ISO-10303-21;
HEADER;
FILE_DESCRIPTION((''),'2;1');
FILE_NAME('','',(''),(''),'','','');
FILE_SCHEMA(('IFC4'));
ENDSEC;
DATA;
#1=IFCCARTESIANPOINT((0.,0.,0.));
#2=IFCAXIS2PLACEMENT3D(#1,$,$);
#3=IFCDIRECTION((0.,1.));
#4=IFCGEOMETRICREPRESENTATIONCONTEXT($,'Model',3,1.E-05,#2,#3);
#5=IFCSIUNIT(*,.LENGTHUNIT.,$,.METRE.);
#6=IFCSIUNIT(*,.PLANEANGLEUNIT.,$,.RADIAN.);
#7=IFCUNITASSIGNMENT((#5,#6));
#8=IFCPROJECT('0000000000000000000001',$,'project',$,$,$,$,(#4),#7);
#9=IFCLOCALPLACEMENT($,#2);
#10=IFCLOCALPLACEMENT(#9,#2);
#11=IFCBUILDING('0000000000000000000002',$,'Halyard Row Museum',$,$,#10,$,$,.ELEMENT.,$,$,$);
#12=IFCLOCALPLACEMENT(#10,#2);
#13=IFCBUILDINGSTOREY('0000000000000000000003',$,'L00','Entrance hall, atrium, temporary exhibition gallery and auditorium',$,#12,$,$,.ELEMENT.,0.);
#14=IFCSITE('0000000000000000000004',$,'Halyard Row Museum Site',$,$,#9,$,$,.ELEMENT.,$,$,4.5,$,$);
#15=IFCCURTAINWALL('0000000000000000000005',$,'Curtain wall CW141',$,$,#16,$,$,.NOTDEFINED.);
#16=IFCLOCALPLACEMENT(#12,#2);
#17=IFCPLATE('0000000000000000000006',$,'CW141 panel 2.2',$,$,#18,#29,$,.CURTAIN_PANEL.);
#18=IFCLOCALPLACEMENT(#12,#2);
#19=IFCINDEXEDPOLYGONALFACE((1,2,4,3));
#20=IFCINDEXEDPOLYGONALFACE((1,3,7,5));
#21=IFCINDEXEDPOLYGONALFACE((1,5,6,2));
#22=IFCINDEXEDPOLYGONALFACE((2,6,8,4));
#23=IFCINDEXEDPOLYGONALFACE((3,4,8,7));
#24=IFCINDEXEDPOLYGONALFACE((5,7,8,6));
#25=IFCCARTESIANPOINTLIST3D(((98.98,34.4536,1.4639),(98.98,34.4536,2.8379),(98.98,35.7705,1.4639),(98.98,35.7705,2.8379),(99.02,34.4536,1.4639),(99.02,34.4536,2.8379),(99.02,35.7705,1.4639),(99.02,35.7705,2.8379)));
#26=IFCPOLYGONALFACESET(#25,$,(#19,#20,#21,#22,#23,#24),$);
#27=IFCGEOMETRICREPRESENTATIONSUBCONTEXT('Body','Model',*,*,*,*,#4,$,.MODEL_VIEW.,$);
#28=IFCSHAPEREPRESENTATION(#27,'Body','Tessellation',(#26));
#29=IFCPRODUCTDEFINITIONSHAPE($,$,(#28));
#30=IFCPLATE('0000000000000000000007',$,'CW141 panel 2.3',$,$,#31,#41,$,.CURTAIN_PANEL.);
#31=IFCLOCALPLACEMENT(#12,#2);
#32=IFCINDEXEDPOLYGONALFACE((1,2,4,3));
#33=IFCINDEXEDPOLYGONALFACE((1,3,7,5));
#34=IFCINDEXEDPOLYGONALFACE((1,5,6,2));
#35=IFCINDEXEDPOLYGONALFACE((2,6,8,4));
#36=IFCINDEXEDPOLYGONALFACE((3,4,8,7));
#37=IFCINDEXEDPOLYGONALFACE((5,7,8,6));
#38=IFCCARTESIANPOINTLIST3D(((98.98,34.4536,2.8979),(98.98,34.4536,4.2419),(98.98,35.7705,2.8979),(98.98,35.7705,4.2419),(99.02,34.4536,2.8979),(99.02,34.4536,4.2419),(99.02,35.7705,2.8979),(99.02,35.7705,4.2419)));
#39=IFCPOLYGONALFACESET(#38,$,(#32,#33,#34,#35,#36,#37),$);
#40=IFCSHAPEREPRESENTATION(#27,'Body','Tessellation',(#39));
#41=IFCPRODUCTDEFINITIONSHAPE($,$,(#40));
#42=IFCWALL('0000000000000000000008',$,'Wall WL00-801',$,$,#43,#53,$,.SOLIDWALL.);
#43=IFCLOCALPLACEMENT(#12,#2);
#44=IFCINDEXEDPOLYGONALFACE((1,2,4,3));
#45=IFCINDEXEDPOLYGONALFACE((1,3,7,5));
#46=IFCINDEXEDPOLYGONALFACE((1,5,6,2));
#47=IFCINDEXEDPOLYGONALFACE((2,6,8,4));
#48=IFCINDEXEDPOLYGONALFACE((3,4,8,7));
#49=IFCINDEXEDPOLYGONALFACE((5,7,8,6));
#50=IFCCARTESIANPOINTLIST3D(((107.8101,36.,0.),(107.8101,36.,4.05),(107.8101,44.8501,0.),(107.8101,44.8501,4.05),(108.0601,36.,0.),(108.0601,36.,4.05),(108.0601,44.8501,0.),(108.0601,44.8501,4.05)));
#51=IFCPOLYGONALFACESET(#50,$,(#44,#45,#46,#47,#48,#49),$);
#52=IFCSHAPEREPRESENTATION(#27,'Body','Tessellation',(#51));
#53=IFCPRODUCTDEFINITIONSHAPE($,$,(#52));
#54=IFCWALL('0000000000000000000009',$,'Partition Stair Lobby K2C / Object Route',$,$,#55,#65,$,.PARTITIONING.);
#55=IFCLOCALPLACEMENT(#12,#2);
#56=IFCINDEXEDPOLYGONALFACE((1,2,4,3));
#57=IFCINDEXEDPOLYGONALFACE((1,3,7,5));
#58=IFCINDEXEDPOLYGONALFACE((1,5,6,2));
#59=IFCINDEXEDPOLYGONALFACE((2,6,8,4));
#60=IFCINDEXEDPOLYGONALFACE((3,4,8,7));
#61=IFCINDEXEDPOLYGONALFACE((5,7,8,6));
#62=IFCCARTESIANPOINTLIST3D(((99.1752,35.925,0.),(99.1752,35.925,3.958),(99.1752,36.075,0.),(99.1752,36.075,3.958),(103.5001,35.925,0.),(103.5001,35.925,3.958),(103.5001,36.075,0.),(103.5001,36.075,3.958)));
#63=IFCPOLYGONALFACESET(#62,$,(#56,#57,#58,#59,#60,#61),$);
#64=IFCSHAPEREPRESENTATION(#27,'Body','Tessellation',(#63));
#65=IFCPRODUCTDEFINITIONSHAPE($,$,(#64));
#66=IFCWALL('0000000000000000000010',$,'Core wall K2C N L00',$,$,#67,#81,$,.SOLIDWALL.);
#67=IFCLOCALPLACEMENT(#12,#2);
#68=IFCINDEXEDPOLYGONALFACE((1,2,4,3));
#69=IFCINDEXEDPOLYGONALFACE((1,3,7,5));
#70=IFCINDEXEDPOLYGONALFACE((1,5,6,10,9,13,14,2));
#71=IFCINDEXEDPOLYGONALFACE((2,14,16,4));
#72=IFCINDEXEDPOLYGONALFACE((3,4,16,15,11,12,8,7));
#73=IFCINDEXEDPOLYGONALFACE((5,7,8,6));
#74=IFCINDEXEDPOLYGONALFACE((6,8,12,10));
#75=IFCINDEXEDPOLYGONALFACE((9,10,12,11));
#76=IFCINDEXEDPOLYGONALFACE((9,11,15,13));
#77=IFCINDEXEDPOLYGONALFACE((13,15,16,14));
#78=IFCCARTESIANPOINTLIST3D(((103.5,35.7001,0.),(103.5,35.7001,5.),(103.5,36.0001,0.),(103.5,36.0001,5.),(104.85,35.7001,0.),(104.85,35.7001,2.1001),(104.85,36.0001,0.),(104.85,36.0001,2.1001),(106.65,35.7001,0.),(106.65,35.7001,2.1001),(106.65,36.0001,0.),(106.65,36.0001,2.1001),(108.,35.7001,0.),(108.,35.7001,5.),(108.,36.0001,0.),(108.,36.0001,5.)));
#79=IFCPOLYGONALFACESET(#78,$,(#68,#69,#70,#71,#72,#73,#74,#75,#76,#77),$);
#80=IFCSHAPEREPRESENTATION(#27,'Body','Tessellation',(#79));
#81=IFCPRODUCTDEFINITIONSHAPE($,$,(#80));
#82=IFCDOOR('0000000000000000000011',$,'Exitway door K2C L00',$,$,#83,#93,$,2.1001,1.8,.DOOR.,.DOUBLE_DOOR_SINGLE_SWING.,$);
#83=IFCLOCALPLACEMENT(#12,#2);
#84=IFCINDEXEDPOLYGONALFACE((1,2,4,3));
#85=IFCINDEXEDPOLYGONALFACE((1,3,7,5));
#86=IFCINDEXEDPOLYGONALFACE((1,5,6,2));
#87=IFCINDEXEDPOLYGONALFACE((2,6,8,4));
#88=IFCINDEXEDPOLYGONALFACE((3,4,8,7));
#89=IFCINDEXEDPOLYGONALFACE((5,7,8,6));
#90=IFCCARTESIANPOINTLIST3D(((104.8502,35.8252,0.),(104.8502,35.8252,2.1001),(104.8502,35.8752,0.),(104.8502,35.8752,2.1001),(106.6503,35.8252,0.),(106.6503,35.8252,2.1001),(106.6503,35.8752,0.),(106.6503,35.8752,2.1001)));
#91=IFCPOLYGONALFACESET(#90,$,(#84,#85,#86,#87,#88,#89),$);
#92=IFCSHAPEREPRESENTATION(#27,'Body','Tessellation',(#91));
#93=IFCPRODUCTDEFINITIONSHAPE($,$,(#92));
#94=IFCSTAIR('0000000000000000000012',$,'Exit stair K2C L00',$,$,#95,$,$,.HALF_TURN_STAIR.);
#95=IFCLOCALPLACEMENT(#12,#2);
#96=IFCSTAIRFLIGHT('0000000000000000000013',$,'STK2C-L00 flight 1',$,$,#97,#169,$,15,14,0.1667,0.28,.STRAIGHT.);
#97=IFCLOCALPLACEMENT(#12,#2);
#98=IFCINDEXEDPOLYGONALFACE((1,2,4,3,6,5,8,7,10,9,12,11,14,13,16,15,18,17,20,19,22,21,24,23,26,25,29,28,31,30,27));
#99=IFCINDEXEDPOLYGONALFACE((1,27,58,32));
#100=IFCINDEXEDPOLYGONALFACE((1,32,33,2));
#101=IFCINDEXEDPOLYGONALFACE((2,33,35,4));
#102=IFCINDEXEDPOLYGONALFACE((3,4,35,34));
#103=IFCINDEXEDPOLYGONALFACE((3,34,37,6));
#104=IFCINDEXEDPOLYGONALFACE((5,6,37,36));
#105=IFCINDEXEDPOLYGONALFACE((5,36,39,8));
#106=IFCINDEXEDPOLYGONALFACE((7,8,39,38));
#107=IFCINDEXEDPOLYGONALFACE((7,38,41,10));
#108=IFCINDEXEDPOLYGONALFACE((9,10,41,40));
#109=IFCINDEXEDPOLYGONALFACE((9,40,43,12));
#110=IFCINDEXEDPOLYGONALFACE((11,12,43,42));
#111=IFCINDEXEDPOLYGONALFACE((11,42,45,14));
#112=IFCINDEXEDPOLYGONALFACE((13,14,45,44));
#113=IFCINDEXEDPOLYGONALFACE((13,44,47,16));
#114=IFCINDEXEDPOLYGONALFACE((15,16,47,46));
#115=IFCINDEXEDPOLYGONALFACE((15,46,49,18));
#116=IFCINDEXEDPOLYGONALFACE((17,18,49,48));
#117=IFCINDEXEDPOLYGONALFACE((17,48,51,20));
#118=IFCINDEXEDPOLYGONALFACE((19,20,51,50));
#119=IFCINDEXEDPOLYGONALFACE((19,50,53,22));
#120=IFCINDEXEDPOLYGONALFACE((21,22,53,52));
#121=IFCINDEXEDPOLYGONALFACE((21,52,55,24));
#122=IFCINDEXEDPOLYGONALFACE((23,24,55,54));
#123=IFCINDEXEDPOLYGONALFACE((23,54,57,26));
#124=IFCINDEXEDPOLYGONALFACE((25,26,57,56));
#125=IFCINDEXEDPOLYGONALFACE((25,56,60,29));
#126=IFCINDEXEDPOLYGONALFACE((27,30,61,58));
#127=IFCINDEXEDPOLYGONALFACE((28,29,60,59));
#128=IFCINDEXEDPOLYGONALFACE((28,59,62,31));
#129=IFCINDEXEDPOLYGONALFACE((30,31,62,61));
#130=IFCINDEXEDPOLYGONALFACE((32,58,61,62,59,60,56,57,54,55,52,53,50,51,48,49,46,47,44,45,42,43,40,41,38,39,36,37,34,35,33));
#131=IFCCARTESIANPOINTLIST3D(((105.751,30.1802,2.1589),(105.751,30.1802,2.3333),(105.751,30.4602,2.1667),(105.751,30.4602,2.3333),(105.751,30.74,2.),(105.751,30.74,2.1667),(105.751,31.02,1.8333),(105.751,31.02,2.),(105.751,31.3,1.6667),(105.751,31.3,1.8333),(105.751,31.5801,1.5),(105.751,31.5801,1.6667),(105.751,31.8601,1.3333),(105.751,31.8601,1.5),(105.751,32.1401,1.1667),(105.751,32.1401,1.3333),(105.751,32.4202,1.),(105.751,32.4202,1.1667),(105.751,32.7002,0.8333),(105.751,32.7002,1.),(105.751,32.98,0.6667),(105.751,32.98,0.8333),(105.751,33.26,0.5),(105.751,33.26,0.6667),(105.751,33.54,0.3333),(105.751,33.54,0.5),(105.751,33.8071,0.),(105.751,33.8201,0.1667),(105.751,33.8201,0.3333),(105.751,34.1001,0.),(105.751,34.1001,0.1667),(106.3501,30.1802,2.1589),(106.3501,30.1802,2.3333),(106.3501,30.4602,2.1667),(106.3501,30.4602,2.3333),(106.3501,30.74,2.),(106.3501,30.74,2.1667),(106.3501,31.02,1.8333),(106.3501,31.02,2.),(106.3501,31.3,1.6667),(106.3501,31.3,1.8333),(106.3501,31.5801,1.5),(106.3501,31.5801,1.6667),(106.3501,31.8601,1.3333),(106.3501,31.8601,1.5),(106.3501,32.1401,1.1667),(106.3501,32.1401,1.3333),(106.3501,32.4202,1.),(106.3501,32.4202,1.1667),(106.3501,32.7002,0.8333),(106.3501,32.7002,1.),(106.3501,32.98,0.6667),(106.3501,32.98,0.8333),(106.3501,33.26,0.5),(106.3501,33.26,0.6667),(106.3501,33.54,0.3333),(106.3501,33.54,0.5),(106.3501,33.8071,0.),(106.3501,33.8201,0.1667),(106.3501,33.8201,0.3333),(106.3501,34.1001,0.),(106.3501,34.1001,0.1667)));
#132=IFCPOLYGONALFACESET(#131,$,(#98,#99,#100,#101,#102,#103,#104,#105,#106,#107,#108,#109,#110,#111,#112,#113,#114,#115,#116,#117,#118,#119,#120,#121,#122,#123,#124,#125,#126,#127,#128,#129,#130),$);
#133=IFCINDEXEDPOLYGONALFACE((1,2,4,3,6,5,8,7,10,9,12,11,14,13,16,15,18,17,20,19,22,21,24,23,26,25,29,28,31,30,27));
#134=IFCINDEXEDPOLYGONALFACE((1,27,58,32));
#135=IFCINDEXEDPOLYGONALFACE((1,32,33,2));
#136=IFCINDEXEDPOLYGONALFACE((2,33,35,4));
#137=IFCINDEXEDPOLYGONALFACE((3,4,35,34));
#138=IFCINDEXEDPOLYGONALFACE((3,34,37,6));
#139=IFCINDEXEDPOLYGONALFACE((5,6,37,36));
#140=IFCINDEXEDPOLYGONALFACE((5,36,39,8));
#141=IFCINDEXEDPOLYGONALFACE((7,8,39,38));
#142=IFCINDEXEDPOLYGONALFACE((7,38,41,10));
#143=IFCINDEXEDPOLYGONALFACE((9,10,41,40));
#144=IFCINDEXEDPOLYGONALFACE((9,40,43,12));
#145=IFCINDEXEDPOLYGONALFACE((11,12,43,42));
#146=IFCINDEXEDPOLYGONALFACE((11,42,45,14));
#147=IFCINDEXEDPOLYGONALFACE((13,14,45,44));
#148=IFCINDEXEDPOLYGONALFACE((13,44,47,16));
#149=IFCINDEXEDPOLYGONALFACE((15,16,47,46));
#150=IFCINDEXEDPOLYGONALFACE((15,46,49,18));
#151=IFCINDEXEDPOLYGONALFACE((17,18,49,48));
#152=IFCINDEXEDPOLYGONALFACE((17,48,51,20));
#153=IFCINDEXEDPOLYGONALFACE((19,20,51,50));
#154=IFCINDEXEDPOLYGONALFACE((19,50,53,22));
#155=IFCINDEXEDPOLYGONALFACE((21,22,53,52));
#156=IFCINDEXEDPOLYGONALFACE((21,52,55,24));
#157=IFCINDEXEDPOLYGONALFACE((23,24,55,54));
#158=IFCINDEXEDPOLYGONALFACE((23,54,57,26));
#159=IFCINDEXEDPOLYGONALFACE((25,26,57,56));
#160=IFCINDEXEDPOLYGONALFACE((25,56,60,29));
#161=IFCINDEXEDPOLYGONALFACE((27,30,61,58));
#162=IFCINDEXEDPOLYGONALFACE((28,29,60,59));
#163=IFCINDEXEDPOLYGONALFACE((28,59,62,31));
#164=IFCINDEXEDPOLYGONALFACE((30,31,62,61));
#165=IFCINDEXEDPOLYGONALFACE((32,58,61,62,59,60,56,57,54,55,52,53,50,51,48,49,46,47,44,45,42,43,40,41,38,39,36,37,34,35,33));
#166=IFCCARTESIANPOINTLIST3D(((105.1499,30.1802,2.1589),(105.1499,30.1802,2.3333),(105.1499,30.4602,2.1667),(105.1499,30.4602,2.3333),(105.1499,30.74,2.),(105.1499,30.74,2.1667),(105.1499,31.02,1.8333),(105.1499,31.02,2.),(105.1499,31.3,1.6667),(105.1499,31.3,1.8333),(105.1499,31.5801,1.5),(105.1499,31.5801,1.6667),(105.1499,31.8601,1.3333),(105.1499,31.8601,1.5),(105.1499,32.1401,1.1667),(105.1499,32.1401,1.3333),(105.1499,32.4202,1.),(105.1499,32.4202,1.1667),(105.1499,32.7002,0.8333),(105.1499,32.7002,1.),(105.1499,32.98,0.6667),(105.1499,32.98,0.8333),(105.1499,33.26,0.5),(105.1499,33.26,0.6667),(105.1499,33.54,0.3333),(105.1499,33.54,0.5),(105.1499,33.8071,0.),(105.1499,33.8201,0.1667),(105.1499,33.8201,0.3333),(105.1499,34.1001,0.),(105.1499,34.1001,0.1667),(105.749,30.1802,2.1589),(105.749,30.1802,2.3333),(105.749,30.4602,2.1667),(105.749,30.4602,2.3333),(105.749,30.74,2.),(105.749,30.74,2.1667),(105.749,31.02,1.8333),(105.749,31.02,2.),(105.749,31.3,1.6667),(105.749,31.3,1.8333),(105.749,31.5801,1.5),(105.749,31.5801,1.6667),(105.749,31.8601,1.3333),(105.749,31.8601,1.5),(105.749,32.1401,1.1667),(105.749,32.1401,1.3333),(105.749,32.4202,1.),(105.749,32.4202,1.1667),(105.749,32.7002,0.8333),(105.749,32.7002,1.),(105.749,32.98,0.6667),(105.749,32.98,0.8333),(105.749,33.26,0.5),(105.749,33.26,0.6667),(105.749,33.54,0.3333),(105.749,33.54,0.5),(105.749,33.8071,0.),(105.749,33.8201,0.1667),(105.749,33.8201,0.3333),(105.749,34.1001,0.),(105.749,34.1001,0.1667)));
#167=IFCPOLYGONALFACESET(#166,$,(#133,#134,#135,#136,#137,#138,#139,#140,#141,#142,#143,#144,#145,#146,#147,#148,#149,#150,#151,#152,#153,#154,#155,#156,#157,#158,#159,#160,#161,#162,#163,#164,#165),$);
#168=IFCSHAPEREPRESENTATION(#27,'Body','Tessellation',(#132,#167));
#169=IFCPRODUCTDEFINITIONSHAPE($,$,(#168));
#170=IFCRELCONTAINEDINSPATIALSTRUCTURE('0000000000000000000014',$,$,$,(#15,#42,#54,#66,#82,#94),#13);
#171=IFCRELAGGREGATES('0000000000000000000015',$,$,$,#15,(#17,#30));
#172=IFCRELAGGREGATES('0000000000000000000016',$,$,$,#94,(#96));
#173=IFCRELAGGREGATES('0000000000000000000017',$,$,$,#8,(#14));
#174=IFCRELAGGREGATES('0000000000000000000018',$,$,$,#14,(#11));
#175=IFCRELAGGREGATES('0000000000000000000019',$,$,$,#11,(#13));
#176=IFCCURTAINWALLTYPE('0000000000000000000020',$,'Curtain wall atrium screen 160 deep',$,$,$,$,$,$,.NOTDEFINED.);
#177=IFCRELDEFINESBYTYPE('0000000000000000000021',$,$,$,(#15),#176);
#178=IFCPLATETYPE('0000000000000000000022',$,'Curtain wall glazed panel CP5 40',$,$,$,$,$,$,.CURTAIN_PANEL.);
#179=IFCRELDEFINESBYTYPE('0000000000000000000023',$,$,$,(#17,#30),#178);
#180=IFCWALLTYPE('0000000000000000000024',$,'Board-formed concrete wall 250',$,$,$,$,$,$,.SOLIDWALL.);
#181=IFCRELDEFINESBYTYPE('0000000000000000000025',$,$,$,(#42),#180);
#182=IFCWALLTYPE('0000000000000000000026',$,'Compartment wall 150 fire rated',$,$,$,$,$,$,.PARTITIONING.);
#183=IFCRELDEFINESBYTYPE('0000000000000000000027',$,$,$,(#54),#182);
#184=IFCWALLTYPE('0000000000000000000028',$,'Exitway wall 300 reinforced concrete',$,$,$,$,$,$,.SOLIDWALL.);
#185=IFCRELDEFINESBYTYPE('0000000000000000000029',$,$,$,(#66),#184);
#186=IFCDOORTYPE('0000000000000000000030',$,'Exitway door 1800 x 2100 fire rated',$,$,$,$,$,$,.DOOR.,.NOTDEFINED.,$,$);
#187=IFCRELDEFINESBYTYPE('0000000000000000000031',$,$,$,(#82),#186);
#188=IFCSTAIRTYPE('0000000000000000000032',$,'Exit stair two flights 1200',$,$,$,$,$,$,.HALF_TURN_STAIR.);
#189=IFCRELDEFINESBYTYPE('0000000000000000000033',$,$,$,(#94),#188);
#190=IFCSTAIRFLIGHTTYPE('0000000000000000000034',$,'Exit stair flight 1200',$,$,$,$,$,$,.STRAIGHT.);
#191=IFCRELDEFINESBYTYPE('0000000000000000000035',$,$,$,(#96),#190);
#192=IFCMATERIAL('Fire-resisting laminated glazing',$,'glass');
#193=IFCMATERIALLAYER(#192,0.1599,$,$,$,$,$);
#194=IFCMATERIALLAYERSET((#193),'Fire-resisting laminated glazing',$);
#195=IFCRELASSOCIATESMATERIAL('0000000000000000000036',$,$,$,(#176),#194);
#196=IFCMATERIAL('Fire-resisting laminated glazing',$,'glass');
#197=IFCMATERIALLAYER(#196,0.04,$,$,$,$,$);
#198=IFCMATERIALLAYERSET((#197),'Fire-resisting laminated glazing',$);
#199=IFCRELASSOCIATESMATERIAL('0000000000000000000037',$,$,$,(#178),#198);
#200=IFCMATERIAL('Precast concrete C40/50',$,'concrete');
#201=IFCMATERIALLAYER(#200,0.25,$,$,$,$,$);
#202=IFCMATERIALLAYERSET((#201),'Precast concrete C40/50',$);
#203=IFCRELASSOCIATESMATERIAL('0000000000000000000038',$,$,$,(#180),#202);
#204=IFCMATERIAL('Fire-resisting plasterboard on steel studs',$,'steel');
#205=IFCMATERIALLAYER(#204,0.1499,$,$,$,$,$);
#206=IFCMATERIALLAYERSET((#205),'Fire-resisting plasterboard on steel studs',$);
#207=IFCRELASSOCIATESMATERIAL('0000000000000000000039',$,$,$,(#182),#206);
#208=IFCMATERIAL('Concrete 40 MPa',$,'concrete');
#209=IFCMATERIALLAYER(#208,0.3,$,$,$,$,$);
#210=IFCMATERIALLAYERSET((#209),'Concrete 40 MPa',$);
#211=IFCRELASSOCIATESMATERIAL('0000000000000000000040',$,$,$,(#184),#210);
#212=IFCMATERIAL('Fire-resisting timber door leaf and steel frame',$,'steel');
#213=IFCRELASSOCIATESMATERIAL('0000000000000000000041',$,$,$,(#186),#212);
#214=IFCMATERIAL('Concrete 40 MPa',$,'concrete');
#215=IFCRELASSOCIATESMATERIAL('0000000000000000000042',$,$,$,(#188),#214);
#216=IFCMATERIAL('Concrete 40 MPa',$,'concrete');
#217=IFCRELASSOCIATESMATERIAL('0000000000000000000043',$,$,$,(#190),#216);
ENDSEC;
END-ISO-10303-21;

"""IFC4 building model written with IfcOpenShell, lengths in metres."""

from ifc_helpers import new_model, si_unit, direction, frame, frame_2d, origin, origin_2d, place, context, subcontext, project, spatial, polyline, rectangle, outline, extrude, material, layer, layer_set, type_object, element, fill, aggregate, save


model = new_model("IFC4")

# Units and contexts
model_context = context("Model", 3, precision=1e-05, world=origin(), true_north=direction((0.0, 1.0)))
body_context = subcontext(model_context, "Body", "Model", "MODEL_VIEW")
ifc_project = project(units=[si_unit("LENGTHUNIT", "METRE"), si_unit("PLANEANGLEUNIT", "RADIAN")], contexts=[model_context])

# Site, building, storey
site_placement = place(None, origin())
site = spatial("IfcSite", under=ifc_project, at=site_placement, Name="Halyard Row Museum Site", CompositionType="ELEMENT", RefElevation=4.5)
building_placement = place(site_placement, origin())
building = spatial("IfcBuilding", under=site, at=building_placement, Name="Halyard Row Museum", CompositionType="ELEMENT")
storey_placement = place(building_placement, origin())
storey = spatial("IfcBuildingStorey", under=building, at=storey_placement, Name="L00", Description="Entrance hall, atrium, temporary exhibition gallery and auditorium", CompositionType="ELEMENT", Elevation=0.0)

# Curtain wall
ifc_material_1 = material(Name="Fire-resisting laminated glazing", Category="glass")
ifc_layer_1 = layer(ifc_material_1, 0.1599)
ifc_layer_set_1 = layer_set([ifc_layer_1], Name="Fire-resisting laminated glazing")
curtain_wall_type = type_object("IfcCurtainWallType", Name="Curtain wall atrium screen 160 deep", PredefinedType="NOTDEFINED", material=ifc_layer_set_1)
curtain_wall_placement = place(storey_placement, origin())
curtain_wall = element("IfcCurtainWall", 1, at=curtain_wall_placement, inside=storey, type_object=curtain_wall_type, Name="Curtain wall CW141", PredefinedType="NOTDEFINED")

# Plates
ifc_material_2 = material(Name="Fire-resisting laminated glazing", Category="glass")
ifc_layer_2 = layer(ifc_material_2, 0.04)
ifc_layer_set_2 = layer_set([ifc_layer_2], Name="Fire-resisting laminated glazing")
plate_type = type_object("IfcPlateType", Name="Curtain wall glazed panel CP5 40", PredefinedType="CURTAIN_PANEL", material=ifc_layer_set_2)
plate_1_placement = place(storey_placement, frame((99.0, 35.1121, 1.4639), z_axis=(0.0, 0.0, 1.0), x_axis=(0.0, 1.0, 0.0)))
plate_1 = element("IfcPlate", 2, at=plate_1_placement, type_object=plate_type, Name="CW141 panel 2.2", PredefinedType="CURTAIN_PANEL", context=body_context, shape_type="SweptSolid", body=[
    extrude(rectangle(XDim=1.3169, YDim=0.04, at=origin_2d()), origin(), (0.0, 0.0, 1.0), 1.374),
])
plate_2_placement = place(storey_placement, frame((99.0, 35.1121, 2.8979), z_axis=(0.0, 0.0, 1.0), x_axis=(0.0, 1.0, 0.0)))
plate_2 = element("IfcPlate", 3, at=plate_2_placement, type_object=plate_type, Name="CW141 panel 2.3", PredefinedType="CURTAIN_PANEL", context=body_context, shape_type="SweptSolid", body=[
    extrude(rectangle(XDim=1.3169, YDim=0.04, at=origin_2d()), origin(), (0.0, 0.0, 1.0), 1.344),
])
aggregate(curtain_wall, [plate_1, plate_2])

# Walls
ifc_material_3 = material(Name="Precast concrete C40/50", Category="concrete")
ifc_layer_3 = layer(ifc_material_3, 0.25)
ifc_layer_set_3 = layer_set([ifc_layer_3], Name="Precast concrete C40/50")
wall_type_1 = type_object("IfcWallType", Name="Board-formed concrete wall 250", PredefinedType="SOLIDWALL", material=ifc_layer_set_3)
wall_1_placement = place(storey_placement, frame((107.9351, 36.0, 0.0), z_axis=(0.0, 0.0, 1.0), x_axis=(0.0, 1.0, 0.0)))
element("IfcWall", 4, at=wall_1_placement, inside=storey, type_object=wall_type_1, Name="Wall WL00-801", PredefinedType="SOLIDWALL", context=body_context, shape_type="SweptSolid", body=[
    extrude(rectangle(XDim=8.8501, YDim=0.25, at=frame_2d((4.425, 0.0))), origin(), (0.0, 0.0, 1.0), 4.05),
])
ifc_material_4 = material(Name="Fire-resisting plasterboard on steel studs", Category="steel")
ifc_layer_4 = layer(ifc_material_4, 0.1499)
ifc_layer_set_4 = layer_set([ifc_layer_4], Name="Fire-resisting plasterboard on steel studs")
wall_type_2 = type_object("IfcWallType", Name="Compartment wall 150 fire rated", PredefinedType="PARTITIONING", material=ifc_layer_set_4)
wall_2_placement = place(storey_placement, frame((99.175, 36.0, 0.0), z_axis=(0.0, 0.0, 1.0), x_axis=(1.0, 0.0, 0.0)))
element("IfcWall", 5, at=wall_2_placement, inside=storey, type_object=wall_type_2, Name="Partition Stair Lobby K2C / Object Route", PredefinedType="PARTITIONING", context=body_context, shape_type="SweptSolid", body=[
    extrude(rectangle(XDim=4.325, YDim=0.1499, at=frame_2d((2.1626, 0.0))), origin(), (0.0, 0.0, 1.0), 3.958),
])

# Wall, opening, door
ifc_material_5 = material(Name="Concrete 40 MPa", Category="concrete")
ifc_layer_5 = layer(ifc_material_5, 0.3)
ifc_layer_set_5 = layer_set([ifc_layer_5], Name="Concrete 40 MPa")
wall_type_3 = type_object("IfcWallType", Name="Exitway wall 300 reinforced concrete", PredefinedType="SOLIDWALL", material=ifc_layer_set_5)
wall_3_placement = place(storey_placement, frame((103.5, 35.8501, 0.0), z_axis=(0.0, 0.0, 1.0), x_axis=(1.0, 0.0, 0.0)))
wall_3 = element("IfcWall", 6, at=wall_3_placement, inside=storey, type_object=wall_type_3, Name="Core wall K2C N L00", PredefinedType="SOLIDWALL", context=body_context, shape_type="SweptSolid", body=[
    extrude(rectangle(XDim=4.5, YDim=0.3, at=frame_2d((2.25, 0.0))), origin(), (0.0, 0.0, 1.0), 5.0),
])
opening_placement = place(wall_3_placement, frame((1.3501, 0.0, 0.0)))
opening = element("IfcOpeningElement", 7, at=opening_placement, cuts=wall_3, PredefinedType="OPENING", context=body_context, shape_type="SweptSolid", body=[
    extrude(rectangle(XDim=1.8, YDim=2.1001, at=frame_2d((0.8999, 1.05))), frame((0.0, 0.1599, 0.0), z_axis=(0.0, -1.0, 0.0), x_axis=(1.0, 0.0, 0.0)), (0.0, 0.0, 1.0), 0.3201),
])
ifc_material_6 = material(Name="Fire-resisting timber door leaf and steel frame", Category="steel")
door_type = type_object("IfcDoorType", Name="Exitway door 1800 x 2100 fire rated", OperationType="NOTDEFINED", PredefinedType="DOOR", material=ifc_material_6)
door_placement = place(opening_placement, frame((1.8, 0.0, 0.0), z_axis=(0.0, 0.0, 1.0), x_axis=(-1.0, 0.0, 0.0)))
door = element("IfcDoor", 8, at=door_placement, inside=storey, type_object=door_type, Name="Exitway door K2C L00", OperationType="DOUBLE_DOOR_SINGLE_SWING", OverallHeight=2.1001, OverallWidth=1.8, PredefinedType="DOOR", context=body_context, shape_type="SweptSolid", body=[
    extrude(rectangle(XDim=1.8, YDim=2.1001, at=frame_2d((0.8999, 1.05))), frame((0.0, 0.0249, 0.0), z_axis=(0.0, -1.0, 0.0), x_axis=(1.0, 0.0, 0.0)), (0.0, 0.0, 1.0), 0.05),
])
fill(opening, door)

# Stair, stair flight
ifc_material_7 = material(Name="Concrete 40 MPa", Category="concrete")
stair_type = type_object("IfcStairType", Name="Exit stair two flights 1200", PredefinedType="HALF_TURN_STAIR", material=ifc_material_7)
stair_placement = place(storey_placement, origin())
stair = element("IfcStair", 9, at=stair_placement, inside=storey, type_object=stair_type, Name="Exit stair K2C L00", PredefinedType="HALF_TURN_STAIR")
ifc_material_8 = material(Name="Concrete 40 MPa", Category="concrete")
stair_flight_type = type_object("IfcStairFlightType", Name="Exit stair flight 1200", PredefinedType="STRAIGHT", material=ifc_material_8)
stair_flight_placement = place(storey_placement, frame((105.75, 34.1001, 0.0), z_axis=(0.0, 0.0, 1.0), x_axis=(0.0, -1.0, 0.0)))
stair_flight = element("IfcStairFlight", 10, at=stair_flight_placement, type_object=stair_flight_type, Name="STK2C-L00 flight 1", NumberOfRisers=15, NumberOfTreads=14, PredefinedType="STRAIGHT", RiserHeight=0.1667, TreadLength=0.28, context=body_context, shape_type="SweptSolid", body=[
    extrude(outline(polyline([(0.0, 0.0), (0.0, 0.1667), (0.28, 0.1667), (0.28, 0.3333), (0.5601, 0.3333), (0.5601, 0.5), (0.8401, 0.5), (0.8401, 0.6667), (1.1201, 0.6667), (1.1201, 0.8333), (1.3999, 0.8333), (1.3999, 1.0), (1.6799, 1.0), (1.6799, 1.1667), (1.96, 1.1667), (1.96, 1.3333), (2.24, 1.3333), (2.24, 1.5), (2.52, 1.5), (2.52, 1.6667), (2.8, 1.6667), (2.8, 1.8333), (3.0801, 1.8333), (3.0801, 2.0), (3.3601, 2.0), (3.3601, 2.1667), (3.6399, 2.1667), (3.6399, 2.3333), (3.9199, 2.3333), (3.9199, 2.5), (3.9199, 2.1589), (0.293, 0.0), (0.0, 0.0)])), frame((0.0, 0.6001, 0.0), z_axis=(0.0, -1.0, 0.0), x_axis=(1.0, 0.0, 0.0)), (0.0, 0.0, 1.0), 0.5991),
    extrude(outline(polyline([(0.0, 0.0), (0.0, 0.1667), (0.28, 0.1667), (0.28, 0.3333), (0.5601, 0.3333), (0.5601, 0.5), (0.8401, 0.5), (0.8401, 0.6667), (1.1201, 0.6667), (1.1201, 0.8333), (1.3999, 0.8333), (1.3999, 1.0), (1.6799, 1.0), (1.6799, 1.1667), (1.96, 1.1667), (1.96, 1.3333), (2.24, 1.3333), (2.24, 1.5), (2.52, 1.5), (2.52, 1.6667), (2.8, 1.6667), (2.8, 1.8333), (3.0801, 1.8333), (3.0801, 2.0), (3.3601, 2.0), (3.3601, 2.1667), (3.6399, 2.1667), (3.6399, 2.3333), (3.9199, 2.3333), (3.9199, 2.5), (3.9199, 2.1589), (0.293, 0.0), (0.0, 0.0)])), frame((0.0, -0.001, 0.0), z_axis=(0.0, -1.0, 0.0), x_axis=(1.0, 0.0, 0.0)), (0.0, 0.0, 1.0), 0.5991),
])
aggregate(stair, [stair_flight])

save(model, "model.ifc")
